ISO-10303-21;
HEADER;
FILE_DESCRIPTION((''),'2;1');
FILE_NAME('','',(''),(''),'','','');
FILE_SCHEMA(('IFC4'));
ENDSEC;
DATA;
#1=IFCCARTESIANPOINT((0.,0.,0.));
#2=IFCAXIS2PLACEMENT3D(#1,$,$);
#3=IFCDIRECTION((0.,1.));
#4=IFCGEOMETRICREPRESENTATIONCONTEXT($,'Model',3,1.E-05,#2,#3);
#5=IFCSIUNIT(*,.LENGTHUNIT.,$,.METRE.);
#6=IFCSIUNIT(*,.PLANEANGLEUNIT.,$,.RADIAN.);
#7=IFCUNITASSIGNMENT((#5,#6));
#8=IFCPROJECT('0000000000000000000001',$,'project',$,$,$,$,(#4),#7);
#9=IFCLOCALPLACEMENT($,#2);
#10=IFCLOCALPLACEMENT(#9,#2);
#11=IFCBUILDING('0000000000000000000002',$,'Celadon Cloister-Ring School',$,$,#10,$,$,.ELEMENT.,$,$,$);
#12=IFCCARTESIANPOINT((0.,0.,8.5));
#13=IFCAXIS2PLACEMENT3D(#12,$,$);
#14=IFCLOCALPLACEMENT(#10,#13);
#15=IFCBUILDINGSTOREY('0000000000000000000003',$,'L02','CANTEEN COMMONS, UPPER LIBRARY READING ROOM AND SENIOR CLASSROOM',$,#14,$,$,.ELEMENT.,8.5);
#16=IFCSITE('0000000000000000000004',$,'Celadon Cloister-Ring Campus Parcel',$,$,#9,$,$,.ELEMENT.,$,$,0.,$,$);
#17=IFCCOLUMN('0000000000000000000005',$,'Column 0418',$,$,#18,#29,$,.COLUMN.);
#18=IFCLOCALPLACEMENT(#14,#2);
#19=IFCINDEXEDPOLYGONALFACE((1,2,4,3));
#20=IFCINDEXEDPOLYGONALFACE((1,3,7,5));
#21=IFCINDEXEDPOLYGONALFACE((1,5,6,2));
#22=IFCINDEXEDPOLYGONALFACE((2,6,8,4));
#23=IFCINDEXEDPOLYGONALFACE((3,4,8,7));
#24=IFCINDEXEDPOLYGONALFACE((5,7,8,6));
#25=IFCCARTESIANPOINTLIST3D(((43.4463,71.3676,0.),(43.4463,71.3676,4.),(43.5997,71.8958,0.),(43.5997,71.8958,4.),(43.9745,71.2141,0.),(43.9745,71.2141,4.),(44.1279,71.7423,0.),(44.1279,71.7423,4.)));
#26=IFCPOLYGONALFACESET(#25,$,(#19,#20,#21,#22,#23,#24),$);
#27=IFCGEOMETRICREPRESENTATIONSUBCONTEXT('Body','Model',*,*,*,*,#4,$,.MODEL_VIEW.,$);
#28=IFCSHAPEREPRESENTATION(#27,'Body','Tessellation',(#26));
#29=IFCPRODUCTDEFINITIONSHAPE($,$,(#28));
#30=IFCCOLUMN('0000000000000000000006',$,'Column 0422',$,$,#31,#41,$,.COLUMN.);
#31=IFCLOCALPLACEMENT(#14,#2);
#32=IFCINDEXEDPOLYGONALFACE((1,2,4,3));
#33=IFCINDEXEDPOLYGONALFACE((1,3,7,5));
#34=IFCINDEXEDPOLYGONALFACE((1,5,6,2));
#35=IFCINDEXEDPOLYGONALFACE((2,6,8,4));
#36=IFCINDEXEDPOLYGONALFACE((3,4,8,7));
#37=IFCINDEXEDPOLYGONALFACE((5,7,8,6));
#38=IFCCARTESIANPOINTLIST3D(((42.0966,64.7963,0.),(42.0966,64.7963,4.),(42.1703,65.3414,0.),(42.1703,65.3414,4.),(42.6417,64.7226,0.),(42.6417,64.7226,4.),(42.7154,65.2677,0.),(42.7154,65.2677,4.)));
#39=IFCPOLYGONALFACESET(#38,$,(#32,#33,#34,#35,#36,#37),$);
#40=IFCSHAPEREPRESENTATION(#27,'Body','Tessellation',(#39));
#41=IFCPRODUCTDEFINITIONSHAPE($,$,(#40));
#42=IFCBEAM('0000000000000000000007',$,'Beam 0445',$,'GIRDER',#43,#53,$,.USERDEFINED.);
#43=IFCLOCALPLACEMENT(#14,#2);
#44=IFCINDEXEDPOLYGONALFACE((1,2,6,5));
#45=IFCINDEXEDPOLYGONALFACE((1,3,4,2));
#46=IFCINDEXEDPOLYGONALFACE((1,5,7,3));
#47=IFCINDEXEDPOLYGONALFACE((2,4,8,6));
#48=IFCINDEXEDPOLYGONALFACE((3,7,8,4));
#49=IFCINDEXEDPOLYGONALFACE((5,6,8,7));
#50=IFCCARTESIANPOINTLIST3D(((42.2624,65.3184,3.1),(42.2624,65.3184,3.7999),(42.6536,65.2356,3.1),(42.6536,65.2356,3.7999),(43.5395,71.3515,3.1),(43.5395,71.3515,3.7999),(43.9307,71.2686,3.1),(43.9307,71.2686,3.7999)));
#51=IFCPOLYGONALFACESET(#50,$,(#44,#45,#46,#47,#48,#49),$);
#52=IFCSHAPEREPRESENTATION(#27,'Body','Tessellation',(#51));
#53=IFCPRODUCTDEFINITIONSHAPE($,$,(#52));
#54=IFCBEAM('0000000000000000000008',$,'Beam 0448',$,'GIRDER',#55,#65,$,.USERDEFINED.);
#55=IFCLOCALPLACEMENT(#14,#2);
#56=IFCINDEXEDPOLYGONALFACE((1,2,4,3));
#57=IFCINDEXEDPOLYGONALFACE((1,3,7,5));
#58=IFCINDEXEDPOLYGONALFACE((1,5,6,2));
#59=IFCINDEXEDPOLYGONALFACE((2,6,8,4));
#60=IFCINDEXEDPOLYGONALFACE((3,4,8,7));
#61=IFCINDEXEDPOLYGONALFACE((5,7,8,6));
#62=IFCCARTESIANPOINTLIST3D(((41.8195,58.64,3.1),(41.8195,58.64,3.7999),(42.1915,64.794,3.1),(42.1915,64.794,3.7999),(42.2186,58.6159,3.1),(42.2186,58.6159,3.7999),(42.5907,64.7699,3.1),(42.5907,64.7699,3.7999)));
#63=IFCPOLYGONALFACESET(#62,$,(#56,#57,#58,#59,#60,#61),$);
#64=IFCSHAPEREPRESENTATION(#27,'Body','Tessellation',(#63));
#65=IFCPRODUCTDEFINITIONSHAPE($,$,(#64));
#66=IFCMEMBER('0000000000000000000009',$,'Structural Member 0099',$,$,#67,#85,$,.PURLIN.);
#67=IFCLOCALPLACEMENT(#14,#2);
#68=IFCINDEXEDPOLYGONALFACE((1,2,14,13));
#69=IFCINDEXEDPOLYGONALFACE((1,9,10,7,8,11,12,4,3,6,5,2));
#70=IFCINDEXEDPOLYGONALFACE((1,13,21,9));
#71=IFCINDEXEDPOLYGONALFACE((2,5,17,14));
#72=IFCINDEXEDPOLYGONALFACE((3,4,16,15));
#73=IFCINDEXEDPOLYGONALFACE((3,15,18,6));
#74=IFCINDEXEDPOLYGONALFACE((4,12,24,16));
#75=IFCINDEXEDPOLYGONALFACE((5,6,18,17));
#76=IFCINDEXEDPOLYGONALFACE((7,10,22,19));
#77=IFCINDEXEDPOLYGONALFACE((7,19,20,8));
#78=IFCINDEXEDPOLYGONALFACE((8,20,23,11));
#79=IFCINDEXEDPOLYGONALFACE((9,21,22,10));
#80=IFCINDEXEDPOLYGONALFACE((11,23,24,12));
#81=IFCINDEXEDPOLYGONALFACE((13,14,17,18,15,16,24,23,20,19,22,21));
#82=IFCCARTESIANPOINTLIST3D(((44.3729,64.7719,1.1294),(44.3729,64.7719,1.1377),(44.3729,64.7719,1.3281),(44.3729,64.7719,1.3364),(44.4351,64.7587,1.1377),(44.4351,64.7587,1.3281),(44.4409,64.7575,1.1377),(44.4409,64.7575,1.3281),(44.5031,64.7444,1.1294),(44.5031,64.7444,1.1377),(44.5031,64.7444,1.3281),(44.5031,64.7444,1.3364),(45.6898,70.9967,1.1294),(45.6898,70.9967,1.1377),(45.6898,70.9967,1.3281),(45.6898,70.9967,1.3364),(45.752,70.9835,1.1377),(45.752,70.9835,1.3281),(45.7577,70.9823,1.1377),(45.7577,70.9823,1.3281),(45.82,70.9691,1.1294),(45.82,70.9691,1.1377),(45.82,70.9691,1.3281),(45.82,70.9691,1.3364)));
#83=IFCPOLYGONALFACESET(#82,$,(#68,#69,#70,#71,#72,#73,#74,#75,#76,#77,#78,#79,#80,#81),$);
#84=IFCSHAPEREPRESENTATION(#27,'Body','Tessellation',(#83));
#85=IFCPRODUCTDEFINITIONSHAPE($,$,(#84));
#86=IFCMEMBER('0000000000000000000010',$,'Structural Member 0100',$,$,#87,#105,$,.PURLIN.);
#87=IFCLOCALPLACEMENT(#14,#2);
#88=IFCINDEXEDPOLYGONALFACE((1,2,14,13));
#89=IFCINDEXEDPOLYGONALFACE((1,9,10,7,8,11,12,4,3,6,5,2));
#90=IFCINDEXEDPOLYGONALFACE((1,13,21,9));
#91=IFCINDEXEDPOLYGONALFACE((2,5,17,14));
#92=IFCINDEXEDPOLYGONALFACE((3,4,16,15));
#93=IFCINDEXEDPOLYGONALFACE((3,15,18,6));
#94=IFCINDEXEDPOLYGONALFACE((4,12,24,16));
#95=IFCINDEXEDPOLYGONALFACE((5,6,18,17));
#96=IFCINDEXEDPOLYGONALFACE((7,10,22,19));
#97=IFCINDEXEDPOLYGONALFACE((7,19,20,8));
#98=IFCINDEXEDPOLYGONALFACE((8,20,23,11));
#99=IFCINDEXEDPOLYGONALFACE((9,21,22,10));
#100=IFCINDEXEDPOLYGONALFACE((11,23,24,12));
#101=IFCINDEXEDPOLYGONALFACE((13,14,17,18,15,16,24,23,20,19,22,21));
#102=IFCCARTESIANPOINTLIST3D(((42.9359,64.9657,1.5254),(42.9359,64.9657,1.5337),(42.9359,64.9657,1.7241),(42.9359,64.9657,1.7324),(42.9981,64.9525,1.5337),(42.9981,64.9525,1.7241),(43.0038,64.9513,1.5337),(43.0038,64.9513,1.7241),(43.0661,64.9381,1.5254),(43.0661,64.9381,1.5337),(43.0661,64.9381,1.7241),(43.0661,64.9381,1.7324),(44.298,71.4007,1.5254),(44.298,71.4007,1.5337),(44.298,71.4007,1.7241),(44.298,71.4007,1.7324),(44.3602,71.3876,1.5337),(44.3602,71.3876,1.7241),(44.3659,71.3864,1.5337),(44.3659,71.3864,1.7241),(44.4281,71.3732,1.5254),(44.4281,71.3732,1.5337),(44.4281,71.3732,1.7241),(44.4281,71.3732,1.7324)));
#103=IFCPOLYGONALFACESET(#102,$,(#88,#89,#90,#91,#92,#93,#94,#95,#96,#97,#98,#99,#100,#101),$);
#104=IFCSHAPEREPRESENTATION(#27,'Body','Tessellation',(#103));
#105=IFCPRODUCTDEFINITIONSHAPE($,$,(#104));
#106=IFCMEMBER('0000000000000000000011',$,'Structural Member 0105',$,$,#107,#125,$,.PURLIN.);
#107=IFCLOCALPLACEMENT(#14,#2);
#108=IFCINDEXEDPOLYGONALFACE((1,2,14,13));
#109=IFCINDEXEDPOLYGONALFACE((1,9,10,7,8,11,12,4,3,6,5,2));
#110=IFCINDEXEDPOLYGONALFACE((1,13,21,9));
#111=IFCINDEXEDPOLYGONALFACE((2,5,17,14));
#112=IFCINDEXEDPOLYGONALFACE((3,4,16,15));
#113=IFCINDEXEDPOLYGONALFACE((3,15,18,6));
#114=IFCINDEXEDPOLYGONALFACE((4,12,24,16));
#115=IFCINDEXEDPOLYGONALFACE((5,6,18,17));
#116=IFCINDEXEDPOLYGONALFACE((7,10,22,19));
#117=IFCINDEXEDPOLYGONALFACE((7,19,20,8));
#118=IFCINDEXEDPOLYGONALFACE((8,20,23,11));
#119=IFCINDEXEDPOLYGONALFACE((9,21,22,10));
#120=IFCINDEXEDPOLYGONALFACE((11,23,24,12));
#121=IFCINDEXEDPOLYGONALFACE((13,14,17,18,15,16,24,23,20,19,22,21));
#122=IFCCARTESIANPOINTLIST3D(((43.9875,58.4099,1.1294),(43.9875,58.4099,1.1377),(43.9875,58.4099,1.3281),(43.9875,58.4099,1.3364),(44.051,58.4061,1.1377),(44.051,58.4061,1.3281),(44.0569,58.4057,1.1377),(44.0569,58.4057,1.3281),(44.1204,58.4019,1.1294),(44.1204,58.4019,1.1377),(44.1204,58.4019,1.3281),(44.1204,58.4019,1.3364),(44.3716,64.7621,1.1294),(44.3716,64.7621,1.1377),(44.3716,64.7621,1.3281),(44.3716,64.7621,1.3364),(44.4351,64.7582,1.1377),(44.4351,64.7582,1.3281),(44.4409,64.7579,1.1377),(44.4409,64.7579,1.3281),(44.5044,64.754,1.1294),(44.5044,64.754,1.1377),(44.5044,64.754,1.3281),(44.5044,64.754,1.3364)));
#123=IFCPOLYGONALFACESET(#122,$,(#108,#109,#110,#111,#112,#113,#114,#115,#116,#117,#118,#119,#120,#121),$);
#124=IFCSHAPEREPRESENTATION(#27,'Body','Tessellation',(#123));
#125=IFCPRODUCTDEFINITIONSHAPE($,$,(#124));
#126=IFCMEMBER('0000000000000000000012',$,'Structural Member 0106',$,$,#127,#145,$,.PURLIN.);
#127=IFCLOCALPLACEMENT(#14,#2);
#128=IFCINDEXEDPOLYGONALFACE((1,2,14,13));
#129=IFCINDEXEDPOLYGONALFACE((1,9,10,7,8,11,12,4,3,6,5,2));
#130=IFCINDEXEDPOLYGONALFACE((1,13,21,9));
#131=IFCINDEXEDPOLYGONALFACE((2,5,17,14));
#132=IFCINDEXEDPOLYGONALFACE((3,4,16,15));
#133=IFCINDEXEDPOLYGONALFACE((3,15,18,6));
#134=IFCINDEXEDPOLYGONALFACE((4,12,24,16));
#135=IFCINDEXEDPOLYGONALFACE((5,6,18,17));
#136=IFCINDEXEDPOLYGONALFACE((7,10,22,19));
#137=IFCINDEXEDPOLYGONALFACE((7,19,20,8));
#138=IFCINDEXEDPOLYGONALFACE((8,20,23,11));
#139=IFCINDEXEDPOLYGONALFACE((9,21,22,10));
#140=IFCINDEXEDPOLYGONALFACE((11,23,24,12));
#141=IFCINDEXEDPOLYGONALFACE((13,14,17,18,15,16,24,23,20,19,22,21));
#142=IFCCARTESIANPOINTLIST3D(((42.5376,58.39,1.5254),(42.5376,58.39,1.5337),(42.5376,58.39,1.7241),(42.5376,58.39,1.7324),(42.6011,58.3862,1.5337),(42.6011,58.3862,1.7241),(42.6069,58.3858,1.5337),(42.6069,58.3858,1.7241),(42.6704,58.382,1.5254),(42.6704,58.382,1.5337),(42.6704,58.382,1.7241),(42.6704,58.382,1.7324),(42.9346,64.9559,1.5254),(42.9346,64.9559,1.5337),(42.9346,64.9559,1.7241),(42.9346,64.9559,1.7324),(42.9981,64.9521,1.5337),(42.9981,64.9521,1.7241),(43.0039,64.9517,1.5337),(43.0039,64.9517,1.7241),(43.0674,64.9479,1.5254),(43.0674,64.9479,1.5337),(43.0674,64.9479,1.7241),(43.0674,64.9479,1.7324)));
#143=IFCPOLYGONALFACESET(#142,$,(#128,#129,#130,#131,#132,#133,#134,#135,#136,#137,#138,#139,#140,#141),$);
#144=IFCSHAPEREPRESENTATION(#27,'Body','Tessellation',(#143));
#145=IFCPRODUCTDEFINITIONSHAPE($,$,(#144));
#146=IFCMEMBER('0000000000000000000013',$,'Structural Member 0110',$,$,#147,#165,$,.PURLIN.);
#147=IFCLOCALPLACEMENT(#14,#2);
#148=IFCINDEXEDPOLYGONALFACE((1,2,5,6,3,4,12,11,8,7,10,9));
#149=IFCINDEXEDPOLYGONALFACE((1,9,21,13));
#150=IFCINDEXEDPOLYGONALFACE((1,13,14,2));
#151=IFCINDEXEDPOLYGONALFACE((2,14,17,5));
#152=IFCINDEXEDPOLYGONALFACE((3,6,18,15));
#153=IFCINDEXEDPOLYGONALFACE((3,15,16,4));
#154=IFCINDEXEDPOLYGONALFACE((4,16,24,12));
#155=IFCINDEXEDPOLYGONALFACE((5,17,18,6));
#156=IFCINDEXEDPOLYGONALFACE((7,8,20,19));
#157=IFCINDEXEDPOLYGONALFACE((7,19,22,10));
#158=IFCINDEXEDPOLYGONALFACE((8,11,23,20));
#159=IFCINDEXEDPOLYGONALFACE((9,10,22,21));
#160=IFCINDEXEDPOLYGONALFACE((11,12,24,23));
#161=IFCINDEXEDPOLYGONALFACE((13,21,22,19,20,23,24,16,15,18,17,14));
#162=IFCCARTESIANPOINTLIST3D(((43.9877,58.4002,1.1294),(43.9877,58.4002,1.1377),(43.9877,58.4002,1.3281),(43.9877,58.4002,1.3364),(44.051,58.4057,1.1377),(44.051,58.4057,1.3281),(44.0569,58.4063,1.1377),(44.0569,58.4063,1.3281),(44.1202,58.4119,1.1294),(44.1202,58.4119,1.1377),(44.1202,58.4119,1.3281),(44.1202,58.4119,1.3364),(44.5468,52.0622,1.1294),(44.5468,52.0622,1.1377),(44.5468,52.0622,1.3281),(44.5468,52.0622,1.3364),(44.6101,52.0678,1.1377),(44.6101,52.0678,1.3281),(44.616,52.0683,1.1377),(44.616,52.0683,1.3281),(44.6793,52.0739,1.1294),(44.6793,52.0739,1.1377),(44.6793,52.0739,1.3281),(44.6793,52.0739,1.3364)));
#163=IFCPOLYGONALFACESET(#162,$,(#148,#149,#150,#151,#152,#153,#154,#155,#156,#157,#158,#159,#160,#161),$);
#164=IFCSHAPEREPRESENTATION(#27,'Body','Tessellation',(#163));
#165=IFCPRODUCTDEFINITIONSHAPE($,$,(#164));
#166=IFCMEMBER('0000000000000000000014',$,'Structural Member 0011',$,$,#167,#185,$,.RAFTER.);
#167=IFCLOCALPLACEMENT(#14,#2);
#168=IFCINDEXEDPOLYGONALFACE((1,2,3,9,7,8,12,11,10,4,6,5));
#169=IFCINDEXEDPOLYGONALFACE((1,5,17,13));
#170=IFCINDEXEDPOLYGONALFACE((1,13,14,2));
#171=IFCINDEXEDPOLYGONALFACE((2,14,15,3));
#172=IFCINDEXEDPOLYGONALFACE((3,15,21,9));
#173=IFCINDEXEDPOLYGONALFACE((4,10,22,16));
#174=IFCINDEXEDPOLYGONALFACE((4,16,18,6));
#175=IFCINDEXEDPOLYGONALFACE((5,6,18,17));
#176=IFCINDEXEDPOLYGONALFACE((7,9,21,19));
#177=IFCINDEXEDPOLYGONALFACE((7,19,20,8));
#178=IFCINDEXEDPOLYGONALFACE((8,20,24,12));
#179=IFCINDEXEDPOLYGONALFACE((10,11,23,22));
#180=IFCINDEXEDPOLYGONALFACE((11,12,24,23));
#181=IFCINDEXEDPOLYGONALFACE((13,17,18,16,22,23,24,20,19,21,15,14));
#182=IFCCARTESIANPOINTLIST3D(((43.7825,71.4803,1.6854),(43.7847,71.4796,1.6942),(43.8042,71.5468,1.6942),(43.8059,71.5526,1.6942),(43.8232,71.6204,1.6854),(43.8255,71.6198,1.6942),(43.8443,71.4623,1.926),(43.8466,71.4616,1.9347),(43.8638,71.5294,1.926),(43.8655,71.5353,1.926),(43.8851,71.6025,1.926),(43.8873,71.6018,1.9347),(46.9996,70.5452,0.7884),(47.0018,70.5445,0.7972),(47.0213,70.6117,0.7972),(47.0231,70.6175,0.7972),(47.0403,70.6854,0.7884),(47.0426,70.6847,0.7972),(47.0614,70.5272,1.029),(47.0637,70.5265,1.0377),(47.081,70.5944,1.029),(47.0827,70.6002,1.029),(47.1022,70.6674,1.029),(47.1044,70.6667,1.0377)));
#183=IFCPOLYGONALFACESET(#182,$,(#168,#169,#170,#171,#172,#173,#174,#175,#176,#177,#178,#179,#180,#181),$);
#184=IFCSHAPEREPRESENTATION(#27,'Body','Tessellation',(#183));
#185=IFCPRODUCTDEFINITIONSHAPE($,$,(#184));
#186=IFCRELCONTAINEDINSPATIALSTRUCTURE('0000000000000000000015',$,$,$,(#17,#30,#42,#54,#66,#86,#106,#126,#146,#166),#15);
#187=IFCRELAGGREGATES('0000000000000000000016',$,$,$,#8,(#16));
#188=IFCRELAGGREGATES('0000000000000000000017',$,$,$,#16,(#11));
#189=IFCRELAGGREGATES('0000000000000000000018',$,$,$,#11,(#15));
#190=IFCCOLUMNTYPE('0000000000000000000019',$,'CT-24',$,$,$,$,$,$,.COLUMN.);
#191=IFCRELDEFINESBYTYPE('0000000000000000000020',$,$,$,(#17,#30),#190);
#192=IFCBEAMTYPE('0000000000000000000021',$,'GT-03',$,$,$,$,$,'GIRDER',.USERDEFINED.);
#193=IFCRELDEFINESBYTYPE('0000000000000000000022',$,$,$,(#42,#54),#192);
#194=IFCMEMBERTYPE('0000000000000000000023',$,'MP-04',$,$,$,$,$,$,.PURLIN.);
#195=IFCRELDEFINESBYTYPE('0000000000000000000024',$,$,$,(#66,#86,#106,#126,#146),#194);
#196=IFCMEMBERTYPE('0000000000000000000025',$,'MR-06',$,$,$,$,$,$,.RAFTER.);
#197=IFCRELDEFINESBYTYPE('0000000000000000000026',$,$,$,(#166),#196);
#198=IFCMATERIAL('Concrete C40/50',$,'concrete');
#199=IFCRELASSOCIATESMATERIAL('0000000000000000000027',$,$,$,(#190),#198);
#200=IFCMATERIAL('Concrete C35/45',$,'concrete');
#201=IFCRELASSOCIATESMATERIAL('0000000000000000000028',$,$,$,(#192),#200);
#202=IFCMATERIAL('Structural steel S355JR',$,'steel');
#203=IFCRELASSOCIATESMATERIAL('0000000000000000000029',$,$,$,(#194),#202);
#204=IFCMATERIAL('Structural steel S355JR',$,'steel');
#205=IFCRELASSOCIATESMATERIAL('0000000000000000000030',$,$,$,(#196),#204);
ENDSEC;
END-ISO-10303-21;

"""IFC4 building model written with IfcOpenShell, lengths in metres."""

from ifc_helpers import new_model, si_unit, direction, frame, origin, origin_2d, place, context, subcontext, project, spatial, rectangle, i_section, extrude, material, material_profile, profile_set, type_object, element, save


model = new_model("IFC4")

# Units and contexts
model_context = context("Model", 3, precision=1e-05, world=origin(), true_north=direction((0.0, 1.0)))
body_context = subcontext(model_context, "Body", "Model", "MODEL_VIEW")
ifc_project = project(units=[si_unit("LENGTHUNIT", "METRE"), si_unit("PLANEANGLEUNIT", "RADIAN")], contexts=[model_context])

# Site, building, storey
site_placement = place(None, origin())
site = spatial("IfcSite", under=ifc_project, at=site_placement, Name="Celadon Cloister-Ring Campus Parcel", CompositionType="ELEMENT", RefElevation=0.0)
building_placement = place(site_placement, origin())
building = spatial("IfcBuilding", under=site, at=building_placement, Name="Celadon Cloister-Ring School", CompositionType="ELEMENT")
storey_placement = place(building_placement, frame((0.0, 0.0, 8.5)))
storey = spatial("IfcBuildingStorey", under=building, at=storey_placement, Name="L02", Description="CANTEEN COMMONS, UPPER LIBRARY READING ROOM AND SENIOR CLASSROOM", CompositionType="ELEMENT", Elevation=8.5)

# Columns
ifc_material_1 = material(Name="Concrete C40/50", Category="concrete")
ifc_material_profile_1 = material_profile(ifc_material_1, rectangle(XDim=0.55, YDim=0.55, at=origin_2d()), Name="RC550X550")
ifc_profile_set_1 = profile_set([ifc_material_profile_1], Name="Concrete C40/50")
column_type = type_object("IfcColumnType", Name="CT-24", PredefinedType="COLUMN", material=ifc_profile_set_1)
for number, where, z_axis, x_axis, name in (
    (1, (43.7871, 71.5549, 0.0), (0.0, 0.0, 1.0), (-0.960294, 0.278991, 0.0), "Column 0418"),
    (2, (42.406, 65.032, 0.0), (0.0, 0.0, 1.0), (-0.990974, 0.134055, 0.0), "Column 0422"),
):
    element("IfcColumn", number, at=place(storey_placement, frame(where, z_axis=z_axis, x_axis=x_axis)), inside=storey, type_object=column_type, Name=name, PredefinedType="COLUMN", context=body_context, shape_type="SweptSolid", body=[
        extrude(rectangle(XDim=0.55, YDim=0.55, at=origin_2d()), origin(), (0.0, 0.0, 1.0), 4.0),
    ])

# Beams
ifc_material_2 = material(Name="Concrete C35/45", Category="concrete")
ifc_material_profile_2 = material_profile(ifc_material_2, rectangle(XDim=0.3999, YDim=0.7, at=origin_2d()), Name="RC400X700")
ifc_profile_set_2 = profile_set([ifc_material_profile_2], Name="Concrete C35/45")
beam_type = type_object("IfcBeamType", Name="GT-03", ElementType="GIRDER", PredefinedType="USERDEFINED", material=ifc_profile_set_2)
beam_1_placement = place(storey_placement, frame((43.7351, 71.3101, 3.45), z_axis=(-0.207098, -0.97832, 0.0), x_axis=(0.97832, -0.207098, 0.0)))
element("IfcBeam", 3, at=beam_1_placement, inside=storey, type_object=beam_type, Name="Beam 0445", ObjectType="GIRDER", PredefinedType="USERDEFINED", context=body_context, shape_type="SweptSolid", body=[
    extrude(rectangle(XDim=0.3999, YDim=0.7, at=origin_2d()), origin(), (0.0, 0.0, 1.0), 6.1667),
])
beam_2_placement = place(storey_placement, frame((42.3911, 64.782, 3.45), z_axis=(-0.060349, -0.998177, 0.0), x_axis=(0.998177, -0.060349, 0.0)))
element("IfcBeam", 4, at=beam_2_placement, inside=storey, type_object=beam_type, Name="Beam 0448", ObjectType="GIRDER", PredefinedType="USERDEFINED", context=body_context, shape_type="SweptSolid", body=[
    extrude(rectangle(XDim=0.3999, YDim=0.7, at=origin_2d()), origin(), (0.0, 0.0, 1.0), 6.1653),
])

# Members
ifc_material_3 = material(Name="Structural steel S355JR", Category="steel")
ifc_material_profile_3 = material_profile(ifc_material_3, i_section(OverallWidth=0.1331, OverallDepth=0.207, WebThickness=0.0059, FlangeThickness=0.0083, at=origin_2d()), Name="W200X27")
ifc_profile_set_3 = profile_set([ifc_material_profile_3], Name="Structural steel S355JR")
member_type_1 = type_object("IfcMemberType", Name="MP-04", PredefinedType="PURLIN", material=ifc_profile_set_3)
member_1_placement = place(storey_placement, frame((45.7549, 70.9829, 1.2329), z_axis=(-0.206973, -0.978347, 0.0), x_axis=(0.978347, -0.206973, 0.0)))
element("IfcMember", 5, at=member_1_placement, inside=storey, type_object=member_type_1, Name="Structural Member 0099", PredefinedType="PURLIN", context=body_context, shape_type="SweptSolid", body=[
    extrude(i_section(OverallWidth=0.1331, OverallDepth=0.207, WebThickness=0.0059, FlangeThickness=0.0083, at=origin_2d()), origin(), (0.0, 0.0, 1.0), 6.3625),
])
member_2_placement = place(storey_placement, frame((44.363, 71.387, 1.6289), z_axis=(-0.207075, -0.978325, 0.0), x_axis=(0.978325, -0.207075, 0.0)))
element("IfcMember", 6, at=member_2_placement, inside=storey, type_object=member_type_1, Name="Structural Member 0100", PredefinedType="PURLIN", context=body_context, shape_type="SweptSolid", body=[
    extrude(i_section(OverallWidth=0.1331, OverallDepth=0.207, WebThickness=0.0059, FlangeThickness=0.0083, at=origin_2d()), origin(), (0.0, 0.0, 1.0), 6.5776),
])
member_3_placement = place(storey_placement, frame((44.438, 64.7581, 1.2329), z_axis=(-0.060348, -0.998177, 0.0), x_axis=(0.998177, -0.060348, 0.0)))
element("IfcMember", 7, at=member_3_placement, inside=storey, type_object=member_type_1, Name="Structural Member 0105", PredefinedType="PURLIN", context=body_context, shape_type="SweptSolid", body=[
    extrude(i_section(OverallWidth=0.1331, OverallDepth=0.207, WebThickness=0.0059, FlangeThickness=0.0083, at=origin_2d()), origin(), (0.0, 0.0, 1.0), 6.3638),
])
member_4_placement = place(storey_placement, frame((43.001, 64.9519, 1.6289), z_axis=(-0.060349, -0.998177, 0.0), x_axis=(0.998177, -0.060349, 0.0)))
element("IfcMember", 8, at=member_4_placement, inside=storey, type_object=member_type_1, Name="Structural Member 0106", PredefinedType="PURLIN", context=body_context, shape_type="SweptSolid", body=[
    extrude(i_section(OverallWidth=0.1331, OverallDepth=0.207, WebThickness=0.0059, FlangeThickness=0.0083, at=origin_2d()), origin(), (0.0, 0.0, 1.0), 6.5779),
])
member_5_placement = place(storey_placement, frame((44.054, 58.406, 1.2329), z_axis=(0.087871, -0.996132, 0.0), x_axis=(0.996132, 0.087871, 0.0)))
element("IfcMember", 9, at=member_5_placement, inside=storey, type_object=member_type_1, Name="Structural Member 0110", PredefinedType="PURLIN", context=body_context, shape_type="SweptSolid", body=[
    extrude(i_section(OverallWidth=0.1331, OverallDepth=0.207, WebThickness=0.0059, FlangeThickness=0.0083, at=origin_2d()), origin(), (0.0, 0.0, 1.0), 6.3625),
])
ifc_material_4 = material(Name="Structural steel S355JR", Category="steel")
ifc_material_profile_4 = material_profile(ifc_material_4, i_section(OverallWidth=0.146, OverallDepth=0.2581, WebThickness=0.0061, FlangeThickness=0.009, at=origin_2d()), Name="W250X33")
ifc_profile_set_4 = profile_set([ifc_material_profile_4], Name="Structural steel S355JR")
member_type_2 = type_object("IfcMemberType", Name="MR-06", PredefinedType="RAFTER", material=ifc_profile_set_4)
member_6_placement = place(storey_placement, frame((47.052, 70.606, 0.9131), z_axis=(-0.927589, 0.269611, 0.258629), x_axis=(-0.279107, -0.96026, 0.0)))
element("IfcMember", 10, at=member_6_placement, inside=storey, type_object=member_type_2, Name="Structural Member 0011", PredefinedType="RAFTER", context=body_context, shape_type="SweptSolid", body=[
    extrude(i_section(OverallWidth=0.146, OverallDepth=0.2581, WebThickness=0.0061, FlangeThickness=0.009, at=origin_2d()), origin(), (0.0, 0.0, 1.0), 3.4683),
])

save(model, "model.ifc")
